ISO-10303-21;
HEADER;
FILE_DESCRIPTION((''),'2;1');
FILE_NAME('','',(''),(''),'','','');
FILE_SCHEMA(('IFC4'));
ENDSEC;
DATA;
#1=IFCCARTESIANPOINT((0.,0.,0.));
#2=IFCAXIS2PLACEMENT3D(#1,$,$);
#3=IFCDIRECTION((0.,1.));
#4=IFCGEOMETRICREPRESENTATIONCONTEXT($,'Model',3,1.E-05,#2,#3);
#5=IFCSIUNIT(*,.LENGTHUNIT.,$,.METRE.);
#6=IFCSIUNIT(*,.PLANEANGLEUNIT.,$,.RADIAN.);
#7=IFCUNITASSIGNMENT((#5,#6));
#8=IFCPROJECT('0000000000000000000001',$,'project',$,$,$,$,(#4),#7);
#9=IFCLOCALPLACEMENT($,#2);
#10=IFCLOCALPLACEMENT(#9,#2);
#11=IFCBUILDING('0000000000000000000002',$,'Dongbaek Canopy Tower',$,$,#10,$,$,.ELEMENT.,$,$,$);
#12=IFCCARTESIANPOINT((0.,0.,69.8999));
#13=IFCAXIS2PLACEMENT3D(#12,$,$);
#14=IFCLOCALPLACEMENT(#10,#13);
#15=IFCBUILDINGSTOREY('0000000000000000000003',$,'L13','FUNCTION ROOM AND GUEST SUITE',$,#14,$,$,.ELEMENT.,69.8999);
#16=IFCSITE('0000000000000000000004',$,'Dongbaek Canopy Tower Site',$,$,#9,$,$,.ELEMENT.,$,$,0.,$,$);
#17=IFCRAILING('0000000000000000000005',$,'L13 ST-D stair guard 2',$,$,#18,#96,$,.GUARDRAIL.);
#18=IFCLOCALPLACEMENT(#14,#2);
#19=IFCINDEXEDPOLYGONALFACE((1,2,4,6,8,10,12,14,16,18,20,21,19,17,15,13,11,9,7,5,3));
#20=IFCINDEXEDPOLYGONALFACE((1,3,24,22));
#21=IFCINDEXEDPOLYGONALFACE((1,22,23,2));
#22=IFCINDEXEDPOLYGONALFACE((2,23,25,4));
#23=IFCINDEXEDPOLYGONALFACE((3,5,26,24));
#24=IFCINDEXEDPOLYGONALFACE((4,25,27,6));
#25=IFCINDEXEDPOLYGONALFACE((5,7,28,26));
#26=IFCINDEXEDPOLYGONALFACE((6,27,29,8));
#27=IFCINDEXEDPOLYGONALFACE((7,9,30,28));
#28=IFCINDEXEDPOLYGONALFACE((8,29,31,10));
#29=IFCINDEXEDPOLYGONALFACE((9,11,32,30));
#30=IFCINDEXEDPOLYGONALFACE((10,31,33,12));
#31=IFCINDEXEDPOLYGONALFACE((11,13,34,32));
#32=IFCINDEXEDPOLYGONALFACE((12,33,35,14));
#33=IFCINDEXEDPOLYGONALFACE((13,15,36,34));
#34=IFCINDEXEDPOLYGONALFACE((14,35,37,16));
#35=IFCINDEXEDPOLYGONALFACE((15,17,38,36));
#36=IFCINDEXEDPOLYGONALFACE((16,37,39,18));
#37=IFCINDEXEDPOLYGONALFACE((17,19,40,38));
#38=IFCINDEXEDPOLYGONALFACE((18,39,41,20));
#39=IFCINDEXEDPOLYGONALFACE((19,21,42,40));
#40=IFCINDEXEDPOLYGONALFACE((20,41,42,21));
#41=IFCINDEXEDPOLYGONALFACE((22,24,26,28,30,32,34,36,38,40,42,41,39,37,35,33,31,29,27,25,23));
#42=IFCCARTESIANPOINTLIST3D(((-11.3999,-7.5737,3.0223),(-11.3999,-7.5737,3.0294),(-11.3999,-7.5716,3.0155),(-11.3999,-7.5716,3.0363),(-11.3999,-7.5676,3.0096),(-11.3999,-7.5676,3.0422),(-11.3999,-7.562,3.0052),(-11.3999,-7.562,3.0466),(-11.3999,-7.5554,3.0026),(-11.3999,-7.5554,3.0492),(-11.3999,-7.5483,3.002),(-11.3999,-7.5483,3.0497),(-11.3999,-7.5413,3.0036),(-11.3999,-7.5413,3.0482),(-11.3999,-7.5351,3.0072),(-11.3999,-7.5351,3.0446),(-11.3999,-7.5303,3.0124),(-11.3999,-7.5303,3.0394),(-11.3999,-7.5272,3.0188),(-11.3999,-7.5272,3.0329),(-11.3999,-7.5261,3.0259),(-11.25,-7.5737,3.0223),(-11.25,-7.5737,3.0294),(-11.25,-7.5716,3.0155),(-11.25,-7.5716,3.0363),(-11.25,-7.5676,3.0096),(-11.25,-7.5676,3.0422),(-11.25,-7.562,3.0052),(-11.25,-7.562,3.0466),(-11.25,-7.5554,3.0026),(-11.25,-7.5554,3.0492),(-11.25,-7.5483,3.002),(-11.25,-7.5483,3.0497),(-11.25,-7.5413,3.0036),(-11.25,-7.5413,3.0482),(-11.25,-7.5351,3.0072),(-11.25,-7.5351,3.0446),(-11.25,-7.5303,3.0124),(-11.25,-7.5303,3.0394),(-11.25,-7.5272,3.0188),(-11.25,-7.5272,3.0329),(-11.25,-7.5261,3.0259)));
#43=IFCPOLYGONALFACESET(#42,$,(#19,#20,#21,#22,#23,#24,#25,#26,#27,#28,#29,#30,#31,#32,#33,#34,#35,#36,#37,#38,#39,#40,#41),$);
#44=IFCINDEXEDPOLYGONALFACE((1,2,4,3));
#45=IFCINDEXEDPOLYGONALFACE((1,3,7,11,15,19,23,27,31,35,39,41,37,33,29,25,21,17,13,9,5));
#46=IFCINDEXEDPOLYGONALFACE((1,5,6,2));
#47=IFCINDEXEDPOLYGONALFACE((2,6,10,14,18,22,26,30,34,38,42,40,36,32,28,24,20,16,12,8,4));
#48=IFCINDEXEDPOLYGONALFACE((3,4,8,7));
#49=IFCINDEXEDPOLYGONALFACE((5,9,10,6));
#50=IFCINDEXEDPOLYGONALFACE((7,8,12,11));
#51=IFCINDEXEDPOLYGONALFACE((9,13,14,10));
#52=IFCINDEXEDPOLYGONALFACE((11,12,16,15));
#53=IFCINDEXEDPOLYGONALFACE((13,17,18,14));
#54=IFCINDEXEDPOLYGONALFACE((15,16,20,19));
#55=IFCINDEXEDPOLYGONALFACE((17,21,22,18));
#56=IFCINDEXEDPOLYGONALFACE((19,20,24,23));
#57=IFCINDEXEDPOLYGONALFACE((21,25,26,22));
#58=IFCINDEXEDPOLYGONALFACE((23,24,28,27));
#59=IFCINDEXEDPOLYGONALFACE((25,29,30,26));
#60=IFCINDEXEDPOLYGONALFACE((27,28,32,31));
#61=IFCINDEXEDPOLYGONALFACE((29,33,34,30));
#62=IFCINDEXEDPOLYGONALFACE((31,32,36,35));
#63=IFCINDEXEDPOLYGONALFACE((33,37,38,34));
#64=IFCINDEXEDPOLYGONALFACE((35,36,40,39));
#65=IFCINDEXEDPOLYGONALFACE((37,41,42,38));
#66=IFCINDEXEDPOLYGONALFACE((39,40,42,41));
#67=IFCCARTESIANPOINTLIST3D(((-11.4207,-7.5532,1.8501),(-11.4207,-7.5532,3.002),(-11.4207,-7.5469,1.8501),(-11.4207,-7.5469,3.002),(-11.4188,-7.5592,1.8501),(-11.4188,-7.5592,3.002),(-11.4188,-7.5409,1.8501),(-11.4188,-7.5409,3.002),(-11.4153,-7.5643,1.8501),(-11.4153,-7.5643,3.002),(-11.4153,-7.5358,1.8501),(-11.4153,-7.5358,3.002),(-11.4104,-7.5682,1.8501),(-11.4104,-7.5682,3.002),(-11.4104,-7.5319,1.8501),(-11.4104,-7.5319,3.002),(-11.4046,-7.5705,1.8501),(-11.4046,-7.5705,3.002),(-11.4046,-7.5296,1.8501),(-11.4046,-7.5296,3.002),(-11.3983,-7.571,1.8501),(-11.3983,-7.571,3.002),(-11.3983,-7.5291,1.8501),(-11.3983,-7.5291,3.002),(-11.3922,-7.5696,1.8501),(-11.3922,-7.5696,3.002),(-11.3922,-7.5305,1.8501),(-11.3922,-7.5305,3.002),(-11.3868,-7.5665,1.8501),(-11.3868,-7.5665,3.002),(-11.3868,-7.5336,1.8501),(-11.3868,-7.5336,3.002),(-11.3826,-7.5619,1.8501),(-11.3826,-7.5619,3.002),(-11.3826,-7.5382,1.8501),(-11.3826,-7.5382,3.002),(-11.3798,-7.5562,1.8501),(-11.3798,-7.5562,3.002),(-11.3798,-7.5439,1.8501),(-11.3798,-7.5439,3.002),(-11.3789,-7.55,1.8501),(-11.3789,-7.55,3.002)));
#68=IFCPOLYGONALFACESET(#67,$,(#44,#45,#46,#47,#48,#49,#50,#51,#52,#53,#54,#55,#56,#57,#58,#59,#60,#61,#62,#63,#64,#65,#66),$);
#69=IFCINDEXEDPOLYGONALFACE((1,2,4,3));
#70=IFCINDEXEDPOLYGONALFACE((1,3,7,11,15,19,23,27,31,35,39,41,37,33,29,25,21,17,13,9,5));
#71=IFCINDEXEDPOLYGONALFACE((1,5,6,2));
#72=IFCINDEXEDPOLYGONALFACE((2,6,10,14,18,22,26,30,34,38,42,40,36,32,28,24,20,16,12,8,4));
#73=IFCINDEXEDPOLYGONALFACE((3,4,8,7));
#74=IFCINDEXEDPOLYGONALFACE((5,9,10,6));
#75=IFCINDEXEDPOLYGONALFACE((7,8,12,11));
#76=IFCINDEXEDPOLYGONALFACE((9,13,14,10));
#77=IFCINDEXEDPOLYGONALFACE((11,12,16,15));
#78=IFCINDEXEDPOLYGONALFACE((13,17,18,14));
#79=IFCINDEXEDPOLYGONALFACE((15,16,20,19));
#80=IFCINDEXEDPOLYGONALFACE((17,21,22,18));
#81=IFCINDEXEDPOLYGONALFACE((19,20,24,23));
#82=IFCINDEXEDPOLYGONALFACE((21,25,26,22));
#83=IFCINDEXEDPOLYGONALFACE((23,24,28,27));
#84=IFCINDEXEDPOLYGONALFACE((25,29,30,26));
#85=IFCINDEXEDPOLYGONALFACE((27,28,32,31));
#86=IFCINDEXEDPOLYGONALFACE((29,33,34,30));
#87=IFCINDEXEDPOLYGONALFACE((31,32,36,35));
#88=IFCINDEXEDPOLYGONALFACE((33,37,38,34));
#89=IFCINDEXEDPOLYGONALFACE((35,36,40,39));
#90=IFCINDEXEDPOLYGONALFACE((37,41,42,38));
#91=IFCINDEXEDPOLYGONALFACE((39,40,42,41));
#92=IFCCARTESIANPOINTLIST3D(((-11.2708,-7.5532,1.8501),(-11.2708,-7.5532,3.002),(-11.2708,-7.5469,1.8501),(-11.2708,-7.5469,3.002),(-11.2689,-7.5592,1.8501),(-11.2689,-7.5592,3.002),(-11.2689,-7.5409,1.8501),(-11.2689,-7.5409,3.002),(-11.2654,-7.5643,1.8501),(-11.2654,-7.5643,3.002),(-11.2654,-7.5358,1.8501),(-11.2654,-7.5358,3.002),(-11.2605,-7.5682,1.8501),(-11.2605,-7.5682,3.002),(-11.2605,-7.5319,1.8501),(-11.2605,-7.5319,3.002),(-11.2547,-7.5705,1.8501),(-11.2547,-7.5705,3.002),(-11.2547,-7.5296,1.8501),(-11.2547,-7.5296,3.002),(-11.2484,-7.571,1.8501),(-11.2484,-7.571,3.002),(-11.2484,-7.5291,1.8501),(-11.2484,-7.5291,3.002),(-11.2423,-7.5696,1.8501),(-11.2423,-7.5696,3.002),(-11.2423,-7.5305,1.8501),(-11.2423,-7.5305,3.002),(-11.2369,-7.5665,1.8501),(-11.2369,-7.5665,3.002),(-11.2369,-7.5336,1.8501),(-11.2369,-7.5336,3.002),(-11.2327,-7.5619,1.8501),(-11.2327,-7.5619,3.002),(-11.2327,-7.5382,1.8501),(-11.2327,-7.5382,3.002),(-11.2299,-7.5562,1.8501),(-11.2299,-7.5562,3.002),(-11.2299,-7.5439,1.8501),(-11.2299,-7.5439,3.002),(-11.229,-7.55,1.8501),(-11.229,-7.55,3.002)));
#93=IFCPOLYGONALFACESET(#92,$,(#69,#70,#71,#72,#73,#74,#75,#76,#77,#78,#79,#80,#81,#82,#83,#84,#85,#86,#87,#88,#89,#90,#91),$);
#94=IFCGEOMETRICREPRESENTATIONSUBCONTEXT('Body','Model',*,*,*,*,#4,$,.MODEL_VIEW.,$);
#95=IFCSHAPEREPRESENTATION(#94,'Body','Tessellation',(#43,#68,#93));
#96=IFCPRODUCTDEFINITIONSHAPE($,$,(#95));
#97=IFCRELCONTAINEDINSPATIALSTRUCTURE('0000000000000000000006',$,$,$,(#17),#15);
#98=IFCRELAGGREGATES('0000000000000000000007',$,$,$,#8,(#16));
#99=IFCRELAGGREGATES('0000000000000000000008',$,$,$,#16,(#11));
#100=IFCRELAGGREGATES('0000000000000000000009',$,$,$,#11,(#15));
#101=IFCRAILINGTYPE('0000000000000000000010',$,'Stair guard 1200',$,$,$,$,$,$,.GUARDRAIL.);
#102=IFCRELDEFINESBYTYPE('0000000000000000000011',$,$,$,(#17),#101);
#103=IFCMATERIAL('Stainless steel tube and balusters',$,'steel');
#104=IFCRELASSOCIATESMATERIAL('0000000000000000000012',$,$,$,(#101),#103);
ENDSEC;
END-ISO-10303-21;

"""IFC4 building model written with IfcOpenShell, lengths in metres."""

from ifc_helpers import new_model, si_unit, direction, frame, origin, origin_2d, place, context, subcontext, project, spatial, circle, extrude, material, type_object, element, save


model = new_model("IFC4")

# Units and contexts
model_context = context("Model", 3, precision=1e-05, world=origin(), true_north=direction((0.0, 1.0)))
body_context = subcontext(model_context, "Body", "Model", "MODEL_VIEW")
ifc_project = project(units=[si_unit("LENGTHUNIT", "METRE"), si_unit("PLANEANGLEUNIT", "RADIAN")], contexts=[model_context])

# Site, building, storey
site_placement = place(None, origin())
site = spatial("IfcSite", under=ifc_project, at=site_placement, Name="Dongbaek Canopy Tower Site", CompositionType="ELEMENT", RefElevation=0.0)
building_placement = place(site_placement, origin())
building = spatial("IfcBuilding", under=site, at=building_placement, Name="Dongbaek Canopy Tower", CompositionType="ELEMENT")
storey_placement = place(building_placement, frame((0.0, 0.0, 69.8999)))
storey = spatial("IfcBuildingStorey", under=building, at=storey_placement, Name="L13", Description="FUNCTION ROOM AND GUEST SUITE", CompositionType="ELEMENT", Elevation=69.8999)

# Railing
ifc_material_1 = material(Name="Stainless steel tube and balusters", Category="steel")
railing_type_1 = type_object("IfcRailingType", Name="Stair guard 1200", PredefinedType="GUARDRAIL", material=ifc_material_1)
railing_1_placement = place(storey_placement, frame((-11.3999, -7.55, 1.8501)))
element("IfcRailing", 1, at=railing_1_placement, inside=storey, type_object=railing_type_1, Name="L13 ST-D stair guard 2", PredefinedType="GUARDRAIL", context=body_context, shape_type="SweptSolid", body=[
    extrude(circle(Radius=0.0239, at=origin_2d()), frame((0.0, 0.0, 1.1758), z_axis=(1.0, 0.0, 0.0), x_axis=(0.0, 1.0, 0.0)), (0.0, 0.0, 1.0), 0.1499),
    extrude(circle(Radius=0.021, at=origin_2d()), origin(), (0.0, 0.0, 1.0), 1.1519),
    extrude(circle(Radius=0.021, at=origin_2d()), frame((0.1499, 0.0, 0.0)), (0.0, 0.0, 1.0), 1.1519),
])

save(model, "model.ifc")
